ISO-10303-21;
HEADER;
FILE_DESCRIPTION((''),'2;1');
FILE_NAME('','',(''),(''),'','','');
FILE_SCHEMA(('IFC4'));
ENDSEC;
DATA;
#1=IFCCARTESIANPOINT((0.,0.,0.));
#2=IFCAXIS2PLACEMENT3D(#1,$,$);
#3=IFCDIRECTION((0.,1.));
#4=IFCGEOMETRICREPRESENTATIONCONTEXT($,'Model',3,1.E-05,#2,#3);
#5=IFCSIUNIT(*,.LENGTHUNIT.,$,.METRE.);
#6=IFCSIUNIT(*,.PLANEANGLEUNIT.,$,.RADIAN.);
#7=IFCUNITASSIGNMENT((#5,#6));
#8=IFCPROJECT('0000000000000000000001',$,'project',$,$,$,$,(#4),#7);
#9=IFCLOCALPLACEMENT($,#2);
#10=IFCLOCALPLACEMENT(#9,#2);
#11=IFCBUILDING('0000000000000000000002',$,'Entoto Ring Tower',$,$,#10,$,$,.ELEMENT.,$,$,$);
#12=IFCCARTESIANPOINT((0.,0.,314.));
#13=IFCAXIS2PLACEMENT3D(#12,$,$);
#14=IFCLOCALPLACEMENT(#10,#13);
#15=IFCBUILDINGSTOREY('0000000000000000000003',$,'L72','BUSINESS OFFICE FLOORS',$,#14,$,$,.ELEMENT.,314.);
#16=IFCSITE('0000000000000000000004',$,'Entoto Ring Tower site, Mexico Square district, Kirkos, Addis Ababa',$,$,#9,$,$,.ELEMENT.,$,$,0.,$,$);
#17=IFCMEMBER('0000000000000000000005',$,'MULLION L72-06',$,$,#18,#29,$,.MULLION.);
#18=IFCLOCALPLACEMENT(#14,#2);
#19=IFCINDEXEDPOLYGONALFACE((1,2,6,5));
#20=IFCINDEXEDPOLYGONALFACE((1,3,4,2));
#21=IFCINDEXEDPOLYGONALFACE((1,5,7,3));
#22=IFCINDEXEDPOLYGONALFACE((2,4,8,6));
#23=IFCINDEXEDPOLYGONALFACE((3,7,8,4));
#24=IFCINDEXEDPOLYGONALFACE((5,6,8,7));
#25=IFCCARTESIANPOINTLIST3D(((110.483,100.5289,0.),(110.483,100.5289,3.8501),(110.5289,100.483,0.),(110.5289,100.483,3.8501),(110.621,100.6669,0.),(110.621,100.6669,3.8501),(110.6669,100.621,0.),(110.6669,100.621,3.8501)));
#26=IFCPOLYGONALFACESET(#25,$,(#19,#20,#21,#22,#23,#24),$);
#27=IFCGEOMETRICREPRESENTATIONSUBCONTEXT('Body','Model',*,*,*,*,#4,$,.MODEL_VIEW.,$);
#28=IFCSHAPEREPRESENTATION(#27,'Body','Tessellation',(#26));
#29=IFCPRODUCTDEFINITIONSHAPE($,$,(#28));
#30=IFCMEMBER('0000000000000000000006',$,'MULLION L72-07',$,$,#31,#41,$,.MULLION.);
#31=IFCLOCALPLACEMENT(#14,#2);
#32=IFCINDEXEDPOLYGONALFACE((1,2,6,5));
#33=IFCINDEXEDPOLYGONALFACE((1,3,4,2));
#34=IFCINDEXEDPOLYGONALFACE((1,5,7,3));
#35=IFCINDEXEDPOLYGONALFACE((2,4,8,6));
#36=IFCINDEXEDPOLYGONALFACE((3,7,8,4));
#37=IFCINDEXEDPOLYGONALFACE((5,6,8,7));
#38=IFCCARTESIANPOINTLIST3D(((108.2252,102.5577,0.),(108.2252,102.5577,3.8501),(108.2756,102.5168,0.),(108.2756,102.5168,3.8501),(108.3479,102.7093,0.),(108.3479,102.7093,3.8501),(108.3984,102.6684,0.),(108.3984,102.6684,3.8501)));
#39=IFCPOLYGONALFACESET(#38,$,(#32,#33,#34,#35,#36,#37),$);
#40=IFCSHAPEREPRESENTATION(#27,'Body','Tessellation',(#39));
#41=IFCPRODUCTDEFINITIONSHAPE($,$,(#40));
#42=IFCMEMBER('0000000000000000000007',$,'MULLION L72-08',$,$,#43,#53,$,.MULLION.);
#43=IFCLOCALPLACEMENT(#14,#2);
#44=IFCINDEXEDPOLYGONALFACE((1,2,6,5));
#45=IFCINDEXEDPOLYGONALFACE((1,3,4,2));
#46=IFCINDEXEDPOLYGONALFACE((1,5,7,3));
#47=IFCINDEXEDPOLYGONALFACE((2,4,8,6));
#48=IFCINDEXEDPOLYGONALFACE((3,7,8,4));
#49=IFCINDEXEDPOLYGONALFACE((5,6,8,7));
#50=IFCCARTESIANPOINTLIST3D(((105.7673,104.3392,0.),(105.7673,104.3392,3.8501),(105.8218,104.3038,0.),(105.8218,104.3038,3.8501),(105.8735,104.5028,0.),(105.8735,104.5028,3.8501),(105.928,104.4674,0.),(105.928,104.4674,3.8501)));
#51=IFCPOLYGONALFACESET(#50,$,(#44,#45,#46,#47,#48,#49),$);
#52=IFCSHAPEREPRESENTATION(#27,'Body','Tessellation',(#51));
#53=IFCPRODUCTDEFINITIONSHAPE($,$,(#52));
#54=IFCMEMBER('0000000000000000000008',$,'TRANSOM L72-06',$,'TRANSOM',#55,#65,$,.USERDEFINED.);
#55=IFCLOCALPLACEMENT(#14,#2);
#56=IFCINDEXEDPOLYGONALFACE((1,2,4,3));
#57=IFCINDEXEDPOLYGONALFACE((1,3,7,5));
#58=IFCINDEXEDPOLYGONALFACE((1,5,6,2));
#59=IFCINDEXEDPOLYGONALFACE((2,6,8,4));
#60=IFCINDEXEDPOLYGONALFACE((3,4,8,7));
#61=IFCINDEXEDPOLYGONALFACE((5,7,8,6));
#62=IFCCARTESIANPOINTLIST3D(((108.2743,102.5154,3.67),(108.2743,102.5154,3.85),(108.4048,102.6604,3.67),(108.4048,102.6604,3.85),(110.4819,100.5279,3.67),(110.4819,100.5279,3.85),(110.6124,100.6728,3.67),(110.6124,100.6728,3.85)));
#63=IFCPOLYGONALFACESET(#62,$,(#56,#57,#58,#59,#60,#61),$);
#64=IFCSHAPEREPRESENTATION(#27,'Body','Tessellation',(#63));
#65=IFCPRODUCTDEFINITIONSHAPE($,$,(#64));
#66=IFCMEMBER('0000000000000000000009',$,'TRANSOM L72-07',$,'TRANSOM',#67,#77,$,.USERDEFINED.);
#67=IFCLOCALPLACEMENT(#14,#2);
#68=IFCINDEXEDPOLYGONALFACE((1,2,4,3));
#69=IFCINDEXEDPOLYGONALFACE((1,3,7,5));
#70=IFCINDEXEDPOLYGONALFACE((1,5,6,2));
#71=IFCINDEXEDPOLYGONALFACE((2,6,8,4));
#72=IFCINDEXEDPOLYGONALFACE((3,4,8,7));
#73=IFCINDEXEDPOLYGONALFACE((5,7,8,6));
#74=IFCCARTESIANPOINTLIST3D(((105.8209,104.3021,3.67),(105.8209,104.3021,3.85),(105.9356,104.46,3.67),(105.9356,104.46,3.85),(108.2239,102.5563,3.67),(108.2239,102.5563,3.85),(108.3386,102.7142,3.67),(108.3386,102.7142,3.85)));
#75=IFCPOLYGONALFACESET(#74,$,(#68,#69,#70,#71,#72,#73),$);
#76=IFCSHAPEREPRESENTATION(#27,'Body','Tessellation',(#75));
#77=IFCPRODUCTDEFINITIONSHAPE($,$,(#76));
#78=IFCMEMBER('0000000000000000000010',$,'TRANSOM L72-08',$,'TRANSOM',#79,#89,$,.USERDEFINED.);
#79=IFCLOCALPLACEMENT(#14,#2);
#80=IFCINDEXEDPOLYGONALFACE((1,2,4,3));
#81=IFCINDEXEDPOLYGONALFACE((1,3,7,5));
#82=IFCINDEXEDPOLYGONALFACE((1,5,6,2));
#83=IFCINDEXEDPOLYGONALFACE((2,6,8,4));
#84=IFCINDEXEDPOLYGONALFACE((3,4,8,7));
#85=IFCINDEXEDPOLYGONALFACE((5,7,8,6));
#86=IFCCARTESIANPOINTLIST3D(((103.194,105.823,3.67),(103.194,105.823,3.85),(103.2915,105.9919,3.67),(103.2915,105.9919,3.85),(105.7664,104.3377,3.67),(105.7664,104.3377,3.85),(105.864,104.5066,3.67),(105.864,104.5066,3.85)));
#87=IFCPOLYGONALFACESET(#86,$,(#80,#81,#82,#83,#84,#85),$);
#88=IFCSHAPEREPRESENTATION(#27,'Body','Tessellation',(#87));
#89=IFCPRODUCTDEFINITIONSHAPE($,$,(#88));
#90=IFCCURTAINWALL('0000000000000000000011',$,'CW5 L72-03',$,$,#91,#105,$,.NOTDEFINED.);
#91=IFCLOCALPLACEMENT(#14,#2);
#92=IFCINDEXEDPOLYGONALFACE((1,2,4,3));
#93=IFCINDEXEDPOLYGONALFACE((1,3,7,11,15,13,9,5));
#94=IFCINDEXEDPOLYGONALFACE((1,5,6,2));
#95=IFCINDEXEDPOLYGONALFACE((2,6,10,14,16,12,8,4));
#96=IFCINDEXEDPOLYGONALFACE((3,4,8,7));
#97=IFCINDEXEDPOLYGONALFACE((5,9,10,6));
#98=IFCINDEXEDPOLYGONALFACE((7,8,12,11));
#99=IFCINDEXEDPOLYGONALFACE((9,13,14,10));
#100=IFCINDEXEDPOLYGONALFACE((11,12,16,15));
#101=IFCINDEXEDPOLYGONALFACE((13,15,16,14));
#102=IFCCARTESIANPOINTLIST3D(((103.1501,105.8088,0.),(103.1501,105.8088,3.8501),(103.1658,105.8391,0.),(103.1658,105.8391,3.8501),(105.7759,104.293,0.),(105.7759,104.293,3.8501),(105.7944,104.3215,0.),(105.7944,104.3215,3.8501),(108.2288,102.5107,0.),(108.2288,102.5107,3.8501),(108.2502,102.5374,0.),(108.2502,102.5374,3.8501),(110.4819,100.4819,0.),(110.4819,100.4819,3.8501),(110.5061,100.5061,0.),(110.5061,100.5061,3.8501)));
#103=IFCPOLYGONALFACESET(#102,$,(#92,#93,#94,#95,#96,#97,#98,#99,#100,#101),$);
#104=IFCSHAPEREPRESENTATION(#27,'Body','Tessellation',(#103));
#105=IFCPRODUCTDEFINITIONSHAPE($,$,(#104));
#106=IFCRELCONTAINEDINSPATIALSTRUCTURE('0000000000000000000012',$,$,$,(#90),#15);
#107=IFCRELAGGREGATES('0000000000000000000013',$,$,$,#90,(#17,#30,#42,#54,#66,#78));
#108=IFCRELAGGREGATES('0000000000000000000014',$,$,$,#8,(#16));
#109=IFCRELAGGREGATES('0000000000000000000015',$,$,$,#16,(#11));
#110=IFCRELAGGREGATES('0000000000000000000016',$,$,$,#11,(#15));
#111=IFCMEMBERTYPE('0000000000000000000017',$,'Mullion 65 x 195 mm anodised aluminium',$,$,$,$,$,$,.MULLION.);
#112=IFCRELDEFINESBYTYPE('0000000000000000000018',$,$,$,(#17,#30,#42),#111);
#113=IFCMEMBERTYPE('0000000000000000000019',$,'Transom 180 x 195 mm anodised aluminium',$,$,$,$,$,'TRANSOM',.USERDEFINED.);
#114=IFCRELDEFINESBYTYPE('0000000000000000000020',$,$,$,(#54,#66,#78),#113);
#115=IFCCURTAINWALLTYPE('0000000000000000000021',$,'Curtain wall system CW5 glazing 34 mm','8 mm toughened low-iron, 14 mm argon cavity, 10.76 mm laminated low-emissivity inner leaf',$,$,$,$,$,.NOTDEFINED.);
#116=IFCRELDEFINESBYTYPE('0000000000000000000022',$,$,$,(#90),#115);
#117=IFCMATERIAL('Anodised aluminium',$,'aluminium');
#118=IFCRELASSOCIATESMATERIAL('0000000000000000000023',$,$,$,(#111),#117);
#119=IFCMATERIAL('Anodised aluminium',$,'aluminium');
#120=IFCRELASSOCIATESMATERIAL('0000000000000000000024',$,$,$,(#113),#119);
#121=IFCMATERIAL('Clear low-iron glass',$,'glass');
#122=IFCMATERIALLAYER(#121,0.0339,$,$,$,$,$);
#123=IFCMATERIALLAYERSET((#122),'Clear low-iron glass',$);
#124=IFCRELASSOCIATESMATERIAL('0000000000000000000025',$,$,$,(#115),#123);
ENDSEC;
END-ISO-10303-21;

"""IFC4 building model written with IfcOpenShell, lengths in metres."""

from ifc_helpers import new_model, si_unit, direction, frame, origin, origin_2d, place, context, subcontext, project, spatial, polyline, rectangle, outline, extrude, material, layer, layer_set, material_profile, profile_set, type_object, element, aggregate, save


model = new_model("IFC4")

# Units and contexts
model_context = context("Model", 3, precision=1e-05, world=origin(), true_north=direction((0.0, 1.0)))
body_context = subcontext(model_context, "Body", "Model", "MODEL_VIEW")
ifc_project = project(units=[si_unit("LENGTHUNIT", "METRE"), si_unit("PLANEANGLEUNIT", "RADIAN")], contexts=[model_context])

# Members
ifc_material_1 = material(Name="Anodised aluminium", Category="aluminium")
ifc_material_profile_1 = material_profile(ifc_material_1, rectangle(XDim=0.0649, YDim=0.1951, at=origin_2d()), Name="Mullion 65 x 195 mm anodised aluminium")
ifc_profile_set_1 = profile_set([ifc_material_profile_1], Name="Anodised aluminium")
member_type_1 = type_object("IfcMemberType", Name="Mullion 65 x 195 mm anodised aluminium", PredefinedType="MULLION", material=ifc_profile_set_1)
site_placement = place(None, origin())
building_placement = place(site_placement, origin())
storey_placement = place(building_placement, frame((0.0, 0.0, 314.0)))
member_1_placement = place(storey_placement, frame((110.575, 100.575, 0.0), z_axis=(0.0, 0.0, 1.0), x_axis=(-0.707107, 0.707107, 0.0)))
member_1 = element("IfcMember", 1, at=member_1_placement, type_object=member_type_1, Name="MULLION L72-06", PredefinedType="MULLION", context=body_context, shape_type="SweptSolid", body=[
    extrude(rectangle(XDim=0.0649, YDim=0.1951, at=origin_2d()), origin(), (0.0, 0.0, 1.0), 3.8501),
])
member_2_placement = place(storey_placement, frame((108.3118, 102.613, 0.0), z_axis=(0.0, 0.0, 1.0), x_axis=(-0.777146, 0.62932, 0.0)))
member_2 = element("IfcMember", 2, at=member_2_placement, type_object=member_type_1, Name="MULLION L72-07", PredefinedType="MULLION", context=body_context, shape_type="SweptSolid", body=[
    extrude(rectangle(XDim=0.0649, YDim=0.1951, at=origin_2d()), origin(), (0.0, 0.0, 1.0), 3.8501),
])
member_3_placement = place(storey_placement, frame((105.8477, 104.4033, 0.0), z_axis=(0.0, 0.0, 1.0), x_axis=(-0.838671, 0.544639, 0.0)))
member_3 = element("IfcMember", 3, at=member_3_placement, type_object=member_type_1, Name="MULLION L72-08", PredefinedType="MULLION", context=body_context, shape_type="SweptSolid", body=[
    extrude(rectangle(XDim=0.0649, YDim=0.1951, at=origin_2d()), origin(), (0.0, 0.0, 1.0), 3.8501),
])
ifc_material_2 = material(Name="Anodised aluminium", Category="aluminium")
ifc_material_profile_2 = material_profile(ifc_material_2, rectangle(XDim=0.1951, YDim=0.1799, at=origin_2d()), Name="Transom 180 x 195 mm anodised aluminium")
ifc_profile_set_2 = profile_set([ifc_material_profile_2], Name="Anodised aluminium")
member_type_2 = type_object("IfcMemberType", Name="Transom 180 x 195 mm anodised aluminium", ElementType="TRANSOM", PredefinedType="USERDEFINED", material=ifc_profile_set_2)
member_4_placement = place(storey_placement, frame((110.5471, 100.6003, 3.76), z_axis=(-0.743163, 0.66911, 0.0), x_axis=(-0.66911, -0.743163, 0.0)))
member_4 = element("IfcMember", 4, at=member_4_placement, type_object=member_type_2, Name="TRANSOM L72-06", ObjectType="TRANSOM", PredefinedType="USERDEFINED", context=body_context, shape_type="SweptSolid", body=[
    extrude(rectangle(XDim=0.1951, YDim=0.1799, at=origin_2d()), origin(), (0.0, 0.0, 1.0), 2.9705),
])
member_5_placement = place(storey_placement, frame((108.2812, 102.6353, 3.76), z_axis=(-0.809031, 0.587766, 0.0), x_axis=(-0.587766, -0.809031, 0.0)))
member_5 = element("IfcMember", 5, at=member_5_placement, type_object=member_type_2, Name="TRANSOM L72-07", ObjectType="TRANSOM", PredefinedType="USERDEFINED", context=body_context, shape_type="SweptSolid", body=[
    extrude(rectangle(XDim=0.1951, YDim=0.1799, at=origin_2d()), origin(), (0.0, 0.0, 1.0), 2.9702),
])
member_6_placement = place(storey_placement, frame((105.8152, 104.4221, 3.76), z_axis=(-0.866009, 0.500028, 0.0), x_axis=(-0.500028, -0.866009, 0.0)))
member_6 = element("IfcMember", 6, at=member_6_placement, type_object=member_type_2, Name="TRANSOM L72-08", ObjectType="TRANSOM", PredefinedType="USERDEFINED", context=body_context, shape_type="SweptSolid", body=[
    extrude(rectangle(XDim=0.1951, YDim=0.1799, at=origin_2d()), origin(), (0.0, 0.0, 1.0), 2.9705),
])

# Site, building, storey
site = spatial("IfcSite", under=ifc_project, at=site_placement, Name="Entoto Ring Tower site, Mexico Square district, Kirkos, Addis Ababa", CompositionType="ELEMENT", RefElevation=0.0)
building = spatial("IfcBuilding", under=site, at=building_placement, Name="Entoto Ring Tower", CompositionType="ELEMENT")
storey = spatial("IfcBuildingStorey", under=building, at=storey_placement, Name="L72", Description="BUSINESS OFFICE FLOORS", CompositionType="ELEMENT", Elevation=314.0)

# Curtain wall
ifc_material_3 = material(Name="Clear low-iron glass", Category="glass")
ifc_layer = layer(ifc_material_3, 0.0339)
ifc_layer_set = layer_set([ifc_layer], Name="Clear low-iron glass")
curtain_wall_type = type_object("IfcCurtainWallType", Name="Curtain wall system CW5 glazing 34 mm", Description="8 mm toughened low-iron, 14 mm argon cavity, 10.76 mm laminated low-emissivity inner leaf", PredefinedType="NOTDEFINED", material=ifc_layer_set)
curtain_wall_1_placement = place(storey_placement, origin())
curtain_wall_1 = element("IfcCurtainWall", 7, at=curtain_wall_1_placement, inside=storey, type_object=curtain_wall_type, Name="CW5 L72-03", PredefinedType="NOTDEFINED", context=body_context, shape_type="SweptSolid", body=[
    extrude(outline(polyline([(110.5061, 100.5061), (108.2502, 102.5374), (105.7944, 104.3215), (103.1658, 105.8391), (103.1501, 105.8088), (105.7759, 104.293), (108.2288, 102.5107), (110.4819, 100.4819), (110.5061, 100.5061)])), origin(), (0.0, 0.0, 1.0), 3.8501),
])
aggregate(curtain_wall_1, [member_1, member_2, member_3, member_4, member_5, member_6])

save(model, "model.ifc")
